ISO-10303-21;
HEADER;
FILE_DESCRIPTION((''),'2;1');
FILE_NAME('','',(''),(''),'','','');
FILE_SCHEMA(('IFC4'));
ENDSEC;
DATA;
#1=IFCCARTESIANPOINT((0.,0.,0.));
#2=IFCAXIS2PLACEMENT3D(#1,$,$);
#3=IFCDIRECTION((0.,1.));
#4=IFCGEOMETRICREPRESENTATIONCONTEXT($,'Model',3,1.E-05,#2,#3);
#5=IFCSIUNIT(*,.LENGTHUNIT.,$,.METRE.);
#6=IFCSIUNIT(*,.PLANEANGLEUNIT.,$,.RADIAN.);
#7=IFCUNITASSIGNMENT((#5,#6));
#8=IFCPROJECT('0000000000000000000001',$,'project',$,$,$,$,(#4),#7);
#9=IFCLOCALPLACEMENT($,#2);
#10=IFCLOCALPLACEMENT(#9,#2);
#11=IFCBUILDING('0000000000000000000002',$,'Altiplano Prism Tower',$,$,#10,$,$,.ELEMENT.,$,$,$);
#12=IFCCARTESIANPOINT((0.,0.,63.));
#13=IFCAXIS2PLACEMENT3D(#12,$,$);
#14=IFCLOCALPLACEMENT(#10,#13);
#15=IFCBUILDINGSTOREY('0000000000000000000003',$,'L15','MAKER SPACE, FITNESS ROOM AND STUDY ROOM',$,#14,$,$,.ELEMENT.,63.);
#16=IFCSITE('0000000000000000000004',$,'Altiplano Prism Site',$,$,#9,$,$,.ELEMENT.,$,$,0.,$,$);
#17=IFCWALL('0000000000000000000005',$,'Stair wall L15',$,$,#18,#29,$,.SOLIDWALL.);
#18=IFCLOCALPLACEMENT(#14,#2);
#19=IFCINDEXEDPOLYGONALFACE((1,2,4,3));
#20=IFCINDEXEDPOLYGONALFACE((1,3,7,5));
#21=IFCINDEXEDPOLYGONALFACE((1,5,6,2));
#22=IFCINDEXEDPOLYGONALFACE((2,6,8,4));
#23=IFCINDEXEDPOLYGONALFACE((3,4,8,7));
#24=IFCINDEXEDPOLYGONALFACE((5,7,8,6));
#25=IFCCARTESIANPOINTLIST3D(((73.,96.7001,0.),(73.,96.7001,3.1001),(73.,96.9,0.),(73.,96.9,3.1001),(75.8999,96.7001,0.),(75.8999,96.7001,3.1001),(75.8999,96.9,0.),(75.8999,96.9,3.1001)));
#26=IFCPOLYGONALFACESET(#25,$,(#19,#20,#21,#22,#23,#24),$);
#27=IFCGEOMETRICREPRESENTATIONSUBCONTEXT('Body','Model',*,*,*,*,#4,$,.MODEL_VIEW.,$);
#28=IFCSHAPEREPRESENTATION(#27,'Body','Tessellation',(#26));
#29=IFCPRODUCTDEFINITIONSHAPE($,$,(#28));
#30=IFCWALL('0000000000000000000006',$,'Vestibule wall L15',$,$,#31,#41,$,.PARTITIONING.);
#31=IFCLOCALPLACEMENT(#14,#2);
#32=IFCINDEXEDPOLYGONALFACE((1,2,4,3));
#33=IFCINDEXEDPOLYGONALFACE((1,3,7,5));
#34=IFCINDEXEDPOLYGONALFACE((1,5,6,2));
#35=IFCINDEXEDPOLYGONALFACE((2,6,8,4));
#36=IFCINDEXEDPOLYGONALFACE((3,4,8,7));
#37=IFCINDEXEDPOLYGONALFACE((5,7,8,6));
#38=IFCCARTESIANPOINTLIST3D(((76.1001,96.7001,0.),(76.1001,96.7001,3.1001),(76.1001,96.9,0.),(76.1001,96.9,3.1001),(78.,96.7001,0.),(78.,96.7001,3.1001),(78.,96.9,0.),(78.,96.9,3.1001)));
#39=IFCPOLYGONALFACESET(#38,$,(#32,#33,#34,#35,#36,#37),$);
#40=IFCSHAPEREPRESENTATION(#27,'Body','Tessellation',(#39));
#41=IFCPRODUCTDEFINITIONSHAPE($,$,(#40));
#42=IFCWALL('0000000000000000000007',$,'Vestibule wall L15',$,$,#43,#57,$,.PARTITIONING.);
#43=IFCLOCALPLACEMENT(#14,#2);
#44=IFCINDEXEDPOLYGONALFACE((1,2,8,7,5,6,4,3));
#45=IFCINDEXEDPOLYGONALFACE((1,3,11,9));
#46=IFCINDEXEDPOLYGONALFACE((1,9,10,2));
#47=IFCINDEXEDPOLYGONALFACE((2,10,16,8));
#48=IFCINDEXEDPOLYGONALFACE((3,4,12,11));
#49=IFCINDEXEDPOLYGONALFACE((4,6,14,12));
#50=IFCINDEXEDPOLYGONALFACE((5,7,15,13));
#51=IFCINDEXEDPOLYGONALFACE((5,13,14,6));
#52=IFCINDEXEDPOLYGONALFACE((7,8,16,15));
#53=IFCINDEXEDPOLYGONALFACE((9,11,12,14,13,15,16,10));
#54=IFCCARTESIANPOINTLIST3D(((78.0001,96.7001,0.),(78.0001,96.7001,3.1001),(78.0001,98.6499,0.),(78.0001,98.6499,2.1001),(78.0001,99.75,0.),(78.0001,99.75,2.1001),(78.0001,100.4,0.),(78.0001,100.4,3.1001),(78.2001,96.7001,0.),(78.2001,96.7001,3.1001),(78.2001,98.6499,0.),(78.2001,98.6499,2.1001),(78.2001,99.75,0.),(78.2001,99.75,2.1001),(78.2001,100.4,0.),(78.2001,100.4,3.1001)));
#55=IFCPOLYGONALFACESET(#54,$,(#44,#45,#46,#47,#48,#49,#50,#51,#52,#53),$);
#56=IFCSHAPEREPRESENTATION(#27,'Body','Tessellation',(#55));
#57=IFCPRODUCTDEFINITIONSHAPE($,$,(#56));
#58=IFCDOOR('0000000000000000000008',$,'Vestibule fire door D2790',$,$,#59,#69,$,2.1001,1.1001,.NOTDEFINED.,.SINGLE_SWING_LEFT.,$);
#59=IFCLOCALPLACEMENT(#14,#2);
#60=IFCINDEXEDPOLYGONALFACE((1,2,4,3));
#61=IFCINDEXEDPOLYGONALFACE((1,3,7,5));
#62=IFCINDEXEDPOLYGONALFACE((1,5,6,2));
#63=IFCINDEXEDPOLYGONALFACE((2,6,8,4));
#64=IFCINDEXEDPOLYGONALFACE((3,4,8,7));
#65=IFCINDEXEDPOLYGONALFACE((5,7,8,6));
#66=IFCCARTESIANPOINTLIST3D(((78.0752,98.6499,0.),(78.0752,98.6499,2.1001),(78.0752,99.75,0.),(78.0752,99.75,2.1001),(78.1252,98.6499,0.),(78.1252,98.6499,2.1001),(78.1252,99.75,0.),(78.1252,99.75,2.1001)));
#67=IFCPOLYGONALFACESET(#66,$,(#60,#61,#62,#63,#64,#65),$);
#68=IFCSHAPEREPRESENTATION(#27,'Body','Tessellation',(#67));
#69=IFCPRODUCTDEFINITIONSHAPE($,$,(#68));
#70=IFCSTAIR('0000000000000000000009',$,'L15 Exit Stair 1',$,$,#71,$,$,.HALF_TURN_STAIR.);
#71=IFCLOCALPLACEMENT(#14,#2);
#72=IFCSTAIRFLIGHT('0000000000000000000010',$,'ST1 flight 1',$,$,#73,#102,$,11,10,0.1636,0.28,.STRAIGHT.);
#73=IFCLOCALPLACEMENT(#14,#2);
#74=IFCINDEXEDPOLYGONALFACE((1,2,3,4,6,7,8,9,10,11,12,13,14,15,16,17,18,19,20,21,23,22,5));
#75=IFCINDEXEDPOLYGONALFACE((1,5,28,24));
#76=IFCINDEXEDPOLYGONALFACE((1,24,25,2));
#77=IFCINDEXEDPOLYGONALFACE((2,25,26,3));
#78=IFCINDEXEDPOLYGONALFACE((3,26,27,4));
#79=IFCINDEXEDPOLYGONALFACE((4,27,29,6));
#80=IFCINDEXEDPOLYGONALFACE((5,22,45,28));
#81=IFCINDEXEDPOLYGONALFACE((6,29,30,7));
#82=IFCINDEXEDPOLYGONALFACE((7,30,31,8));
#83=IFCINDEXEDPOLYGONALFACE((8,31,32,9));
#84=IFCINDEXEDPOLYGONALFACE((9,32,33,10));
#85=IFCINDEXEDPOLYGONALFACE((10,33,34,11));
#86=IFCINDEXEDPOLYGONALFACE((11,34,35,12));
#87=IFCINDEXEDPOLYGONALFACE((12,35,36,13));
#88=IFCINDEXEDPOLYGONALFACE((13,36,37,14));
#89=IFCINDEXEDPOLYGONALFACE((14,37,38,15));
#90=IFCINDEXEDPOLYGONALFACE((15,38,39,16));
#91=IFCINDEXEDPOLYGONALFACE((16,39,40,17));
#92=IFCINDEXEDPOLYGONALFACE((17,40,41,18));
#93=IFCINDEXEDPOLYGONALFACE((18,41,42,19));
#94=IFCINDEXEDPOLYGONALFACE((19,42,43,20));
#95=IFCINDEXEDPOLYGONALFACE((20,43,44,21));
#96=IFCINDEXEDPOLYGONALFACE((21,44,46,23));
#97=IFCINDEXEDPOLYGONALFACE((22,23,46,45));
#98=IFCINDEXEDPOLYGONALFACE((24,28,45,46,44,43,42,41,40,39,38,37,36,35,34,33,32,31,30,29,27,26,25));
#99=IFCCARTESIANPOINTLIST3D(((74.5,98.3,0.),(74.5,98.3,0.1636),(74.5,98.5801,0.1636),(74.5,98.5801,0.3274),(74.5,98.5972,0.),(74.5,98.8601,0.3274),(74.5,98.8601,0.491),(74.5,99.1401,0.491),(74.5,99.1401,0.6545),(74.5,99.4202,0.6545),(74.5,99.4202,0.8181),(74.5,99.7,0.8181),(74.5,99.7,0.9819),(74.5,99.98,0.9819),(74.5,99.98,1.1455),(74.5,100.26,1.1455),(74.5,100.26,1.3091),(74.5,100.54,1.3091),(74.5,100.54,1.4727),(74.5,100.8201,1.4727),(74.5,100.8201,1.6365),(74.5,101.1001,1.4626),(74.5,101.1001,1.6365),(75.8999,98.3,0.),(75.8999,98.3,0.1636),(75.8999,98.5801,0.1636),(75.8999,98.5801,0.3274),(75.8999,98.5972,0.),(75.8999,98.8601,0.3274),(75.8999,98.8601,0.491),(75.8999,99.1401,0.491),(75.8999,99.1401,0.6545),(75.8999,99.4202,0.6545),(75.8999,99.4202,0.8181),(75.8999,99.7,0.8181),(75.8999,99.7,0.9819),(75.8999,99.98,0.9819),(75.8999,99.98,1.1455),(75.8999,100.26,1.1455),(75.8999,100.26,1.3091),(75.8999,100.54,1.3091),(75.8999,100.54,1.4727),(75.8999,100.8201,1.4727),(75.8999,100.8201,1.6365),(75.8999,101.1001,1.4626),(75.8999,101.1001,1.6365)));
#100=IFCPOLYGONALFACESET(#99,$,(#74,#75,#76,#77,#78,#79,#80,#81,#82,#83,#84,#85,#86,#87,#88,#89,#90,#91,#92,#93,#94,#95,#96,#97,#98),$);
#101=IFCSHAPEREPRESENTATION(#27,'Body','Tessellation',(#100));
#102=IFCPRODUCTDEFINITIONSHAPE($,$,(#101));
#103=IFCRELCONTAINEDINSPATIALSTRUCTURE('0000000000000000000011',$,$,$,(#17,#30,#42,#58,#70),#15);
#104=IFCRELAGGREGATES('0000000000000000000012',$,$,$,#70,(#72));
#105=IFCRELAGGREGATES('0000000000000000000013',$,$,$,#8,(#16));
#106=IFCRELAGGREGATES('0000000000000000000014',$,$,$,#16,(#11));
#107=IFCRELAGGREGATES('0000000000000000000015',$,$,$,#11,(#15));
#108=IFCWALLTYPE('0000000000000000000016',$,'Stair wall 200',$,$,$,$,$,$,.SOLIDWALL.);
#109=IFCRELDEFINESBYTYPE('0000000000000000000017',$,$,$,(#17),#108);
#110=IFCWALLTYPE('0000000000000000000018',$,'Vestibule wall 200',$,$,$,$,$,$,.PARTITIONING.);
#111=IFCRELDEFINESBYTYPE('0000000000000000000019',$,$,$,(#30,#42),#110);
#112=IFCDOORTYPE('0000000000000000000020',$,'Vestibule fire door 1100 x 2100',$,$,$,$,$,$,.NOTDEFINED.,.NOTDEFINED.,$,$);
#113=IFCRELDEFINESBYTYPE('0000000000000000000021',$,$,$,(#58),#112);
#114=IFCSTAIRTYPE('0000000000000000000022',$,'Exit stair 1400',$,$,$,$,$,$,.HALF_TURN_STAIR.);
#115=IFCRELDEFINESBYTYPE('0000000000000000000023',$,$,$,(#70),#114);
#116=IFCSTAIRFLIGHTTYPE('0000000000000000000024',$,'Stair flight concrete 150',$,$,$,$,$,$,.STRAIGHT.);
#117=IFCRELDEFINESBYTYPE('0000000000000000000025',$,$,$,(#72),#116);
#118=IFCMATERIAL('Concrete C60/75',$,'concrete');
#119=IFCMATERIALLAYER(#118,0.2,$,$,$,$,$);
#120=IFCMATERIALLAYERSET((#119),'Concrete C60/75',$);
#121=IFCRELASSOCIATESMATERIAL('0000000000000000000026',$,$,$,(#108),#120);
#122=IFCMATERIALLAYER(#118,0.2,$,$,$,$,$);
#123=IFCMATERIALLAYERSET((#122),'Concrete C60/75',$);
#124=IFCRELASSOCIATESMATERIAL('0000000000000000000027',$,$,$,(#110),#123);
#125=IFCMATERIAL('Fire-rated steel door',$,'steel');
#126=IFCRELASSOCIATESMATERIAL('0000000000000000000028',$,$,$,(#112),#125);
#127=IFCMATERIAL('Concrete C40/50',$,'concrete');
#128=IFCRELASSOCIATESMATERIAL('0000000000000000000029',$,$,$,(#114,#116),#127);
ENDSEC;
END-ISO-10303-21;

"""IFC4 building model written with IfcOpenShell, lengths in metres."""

from ifc_helpers import new_model, si_unit, direction, frame, frame_2d, origin, place, context, subcontext, project, spatial, polyline, rectangle, outline, extrude, material, layer, layer_set, type_object, element, fill, aggregate, save


model = new_model("IFC4")

# Units and contexts
model_context = context("Model", 3, precision=1e-05, world=origin(), true_north=direction((0.0, 1.0)))
body_context = subcontext(model_context, "Body", "Model", "MODEL_VIEW")
ifc_project = project(units=[si_unit("LENGTHUNIT", "METRE"), si_unit("PLANEANGLEUNIT", "RADIAN")], contexts=[model_context])

# Site, building, storey
site_placement = place(None, origin())
site = spatial("IfcSite", under=ifc_project, at=site_placement, Name="Altiplano Prism Site", CompositionType="ELEMENT", RefElevation=0.0)
building_placement = place(site_placement, origin())
building = spatial("IfcBuilding", under=site, at=building_placement, Name="Altiplano Prism Tower", CompositionType="ELEMENT")
storey_placement = place(building_placement, frame((0.0, 0.0, 63.0)))
storey = spatial("IfcBuildingStorey", under=building, at=storey_placement, Name="L15", Description="MAKER SPACE, FITNESS ROOM AND STUDY ROOM", CompositionType="ELEMENT", Elevation=63.0)

# Wall
ifc_material_1 = material(Name="Concrete C60/75", Category="concrete")
ifc_layer_1 = layer(ifc_material_1, 0.2)
ifc_layer_set_1 = layer_set([ifc_layer_1], Name="Concrete C60/75")
wall_type_1 = type_object("IfcWallType", Name="Stair wall 200", PredefinedType="SOLIDWALL", material=ifc_layer_set_1)
wall_1_placement = place(storey_placement, frame((73.0, 96.8, 0.0), z_axis=(0.0, 0.0, 1.0), x_axis=(1.0, 0.0, 0.0)))
element("IfcWall", 1, at=wall_1_placement, inside=storey, type_object=wall_type_1, Name="Stair wall L15", PredefinedType="SOLIDWALL", context=body_context, shape_type="SweptSolid", body=[
    extrude(rectangle(XDim=2.8999, YDim=0.2, at=frame_2d((1.45, 0.0))), origin(), (0.0, 0.0, 1.0), 3.1001),
])

# Shared definitions
ifc_material_2 = material(Name="Fire-rated steel door", Category="steel")

# Wall
ifc_layer_2 = layer(ifc_material_1, 0.2)
ifc_layer_set_2 = layer_set([ifc_layer_2], Name="Concrete C60/75")
wall_type_2 = type_object("IfcWallType", Name="Vestibule wall 200", PredefinedType="PARTITIONING", material=ifc_layer_set_2)
wall_2_placement = place(storey_placement, frame((76.1001, 96.8, 0.0), z_axis=(0.0, 0.0, 1.0), x_axis=(1.0, 0.0, 0.0)))
element("IfcWall", 2, at=wall_2_placement, inside=storey, type_object=wall_type_2, Name="Vestibule wall L15", PredefinedType="PARTITIONING", context=body_context, shape_type="SweptSolid", body=[
    extrude(rectangle(XDim=1.8999, YDim=0.2, at=frame_2d((0.95, 0.0))), origin(), (0.0, 0.0, 1.0), 3.1001),
])

# Wall, opening, door
wall_3_placement = place(storey_placement, frame((78.1001, 96.7, 0.0), z_axis=(0.0, 0.0, 1.0), x_axis=(0.0, 1.0, 0.0)))
wall_3 = element("IfcWall", 3, at=wall_3_placement, inside=storey, type_object=wall_type_2, Name="Vestibule wall L15", PredefinedType="PARTITIONING", context=body_context, shape_type="SweptSolid", body=[
    extrude(rectangle(XDim=3.7, YDim=0.2, at=frame_2d((1.8501, 0.0))), origin(), (0.0, 0.0, 1.0), 3.1001),
])
opening_1_placement = place(wall_3_placement, frame((1.95, 0.0, 0.0)))
opening_1 = element("IfcOpeningElement", 4, at=opening_1_placement, cuts=wall_3, PredefinedType="OPENING", context=body_context, shape_type="SweptSolid", body=[
    extrude(rectangle(XDim=1.1001, YDim=2.1001, at=frame_2d((0.55, 1.05))), frame((0.0, 0.1104, 0.0), z_axis=(0.0, -1.0, 0.0), x_axis=(1.0, 0.0, 0.0)), (0.0, 0.0, 1.0), 0.2209),
])
door_type_1 = type_object("IfcDoorType", Name="Vestibule fire door 1100 x 2100", OperationType="NOTDEFINED", PredefinedType="NOTDEFINED", material=ifc_material_2)
door_1_placement = place(opening_1_placement, origin())
door_1 = element("IfcDoor", 5, at=door_1_placement, inside=storey, type_object=door_type_1, Name="Vestibule fire door D2790", OperationType="SINGLE_SWING_LEFT", OverallHeight=2.1001, OverallWidth=1.1001, PredefinedType="NOTDEFINED", context=body_context, shape_type="SweptSolid", body=[
    extrude(rectangle(XDim=1.1001, YDim=2.1001, at=frame_2d((0.55, 1.05))), frame((0.0, 0.0249, 0.0), z_axis=(0.0, -1.0, 0.0), x_axis=(1.0, 0.0, 0.0)), (0.0, 0.0, 1.0), 0.05),
])
fill(opening_1, door_1)

# Stair, stair flight
ifc_material_3 = material(Name="Concrete C40/50", Category="concrete")
stair_type = type_object("IfcStairType", Name="Exit stair 1400", PredefinedType="HALF_TURN_STAIR", material=ifc_material_3)
stair_placement = place(storey_placement, origin())
stair = element("IfcStair", 6, at=stair_placement, inside=storey, type_object=stair_type, Name="L15 Exit Stair 1", PredefinedType="HALF_TURN_STAIR")
stair_flight_type = type_object("IfcStairFlightType", Name="Stair flight concrete 150", PredefinedType="STRAIGHT", material=ifc_material_3)
stair_flight_placement = place(storey_placement, frame((75.2, 98.3, 0.0), z_axis=(0.0, 0.0, 1.0), x_axis=(0.0, 1.0, 0.0)))
stair_flight = element("IfcStairFlight", 7, at=stair_flight_placement, type_object=stair_flight_type, Name="ST1 flight 1", NumberOfRisers=11, NumberOfTreads=10, PredefinedType="STRAIGHT", RiserHeight=0.1636, TreadLength=0.28, context=body_context, shape_type="SweptSolid", body=[
    extrude(outline(polyline([(0.0, 0.0), (0.0, 0.1636), (0.28, 0.1636), (0.28, 0.3274), (0.5601, 0.3274), (0.5601, 0.491), (0.8401, 0.491), (0.8401, 0.6545), (1.1201, 0.6545), (1.1201, 0.8181), (1.3999, 0.8181), (1.3999, 0.9819), (1.6799, 0.9819), (1.6799, 1.1455), (1.96, 1.1455), (1.96, 1.3091), (2.24, 1.3091), (2.24, 1.4727), (2.52, 1.4727), (2.52, 1.6365), (2.8, 1.6365), (2.8, 1.8), (2.8, 1.4626), (0.2971, 0.0), (0.0, 0.0)])), frame((0.0, 0.7, 0.0), z_axis=(0.0, -1.0, 0.0), x_axis=(1.0, 0.0, 0.0)), (0.0, 0.0, 1.0), 1.3999),
])
aggregate(stair, [stair_flight])

save(model, "model.ifc")
